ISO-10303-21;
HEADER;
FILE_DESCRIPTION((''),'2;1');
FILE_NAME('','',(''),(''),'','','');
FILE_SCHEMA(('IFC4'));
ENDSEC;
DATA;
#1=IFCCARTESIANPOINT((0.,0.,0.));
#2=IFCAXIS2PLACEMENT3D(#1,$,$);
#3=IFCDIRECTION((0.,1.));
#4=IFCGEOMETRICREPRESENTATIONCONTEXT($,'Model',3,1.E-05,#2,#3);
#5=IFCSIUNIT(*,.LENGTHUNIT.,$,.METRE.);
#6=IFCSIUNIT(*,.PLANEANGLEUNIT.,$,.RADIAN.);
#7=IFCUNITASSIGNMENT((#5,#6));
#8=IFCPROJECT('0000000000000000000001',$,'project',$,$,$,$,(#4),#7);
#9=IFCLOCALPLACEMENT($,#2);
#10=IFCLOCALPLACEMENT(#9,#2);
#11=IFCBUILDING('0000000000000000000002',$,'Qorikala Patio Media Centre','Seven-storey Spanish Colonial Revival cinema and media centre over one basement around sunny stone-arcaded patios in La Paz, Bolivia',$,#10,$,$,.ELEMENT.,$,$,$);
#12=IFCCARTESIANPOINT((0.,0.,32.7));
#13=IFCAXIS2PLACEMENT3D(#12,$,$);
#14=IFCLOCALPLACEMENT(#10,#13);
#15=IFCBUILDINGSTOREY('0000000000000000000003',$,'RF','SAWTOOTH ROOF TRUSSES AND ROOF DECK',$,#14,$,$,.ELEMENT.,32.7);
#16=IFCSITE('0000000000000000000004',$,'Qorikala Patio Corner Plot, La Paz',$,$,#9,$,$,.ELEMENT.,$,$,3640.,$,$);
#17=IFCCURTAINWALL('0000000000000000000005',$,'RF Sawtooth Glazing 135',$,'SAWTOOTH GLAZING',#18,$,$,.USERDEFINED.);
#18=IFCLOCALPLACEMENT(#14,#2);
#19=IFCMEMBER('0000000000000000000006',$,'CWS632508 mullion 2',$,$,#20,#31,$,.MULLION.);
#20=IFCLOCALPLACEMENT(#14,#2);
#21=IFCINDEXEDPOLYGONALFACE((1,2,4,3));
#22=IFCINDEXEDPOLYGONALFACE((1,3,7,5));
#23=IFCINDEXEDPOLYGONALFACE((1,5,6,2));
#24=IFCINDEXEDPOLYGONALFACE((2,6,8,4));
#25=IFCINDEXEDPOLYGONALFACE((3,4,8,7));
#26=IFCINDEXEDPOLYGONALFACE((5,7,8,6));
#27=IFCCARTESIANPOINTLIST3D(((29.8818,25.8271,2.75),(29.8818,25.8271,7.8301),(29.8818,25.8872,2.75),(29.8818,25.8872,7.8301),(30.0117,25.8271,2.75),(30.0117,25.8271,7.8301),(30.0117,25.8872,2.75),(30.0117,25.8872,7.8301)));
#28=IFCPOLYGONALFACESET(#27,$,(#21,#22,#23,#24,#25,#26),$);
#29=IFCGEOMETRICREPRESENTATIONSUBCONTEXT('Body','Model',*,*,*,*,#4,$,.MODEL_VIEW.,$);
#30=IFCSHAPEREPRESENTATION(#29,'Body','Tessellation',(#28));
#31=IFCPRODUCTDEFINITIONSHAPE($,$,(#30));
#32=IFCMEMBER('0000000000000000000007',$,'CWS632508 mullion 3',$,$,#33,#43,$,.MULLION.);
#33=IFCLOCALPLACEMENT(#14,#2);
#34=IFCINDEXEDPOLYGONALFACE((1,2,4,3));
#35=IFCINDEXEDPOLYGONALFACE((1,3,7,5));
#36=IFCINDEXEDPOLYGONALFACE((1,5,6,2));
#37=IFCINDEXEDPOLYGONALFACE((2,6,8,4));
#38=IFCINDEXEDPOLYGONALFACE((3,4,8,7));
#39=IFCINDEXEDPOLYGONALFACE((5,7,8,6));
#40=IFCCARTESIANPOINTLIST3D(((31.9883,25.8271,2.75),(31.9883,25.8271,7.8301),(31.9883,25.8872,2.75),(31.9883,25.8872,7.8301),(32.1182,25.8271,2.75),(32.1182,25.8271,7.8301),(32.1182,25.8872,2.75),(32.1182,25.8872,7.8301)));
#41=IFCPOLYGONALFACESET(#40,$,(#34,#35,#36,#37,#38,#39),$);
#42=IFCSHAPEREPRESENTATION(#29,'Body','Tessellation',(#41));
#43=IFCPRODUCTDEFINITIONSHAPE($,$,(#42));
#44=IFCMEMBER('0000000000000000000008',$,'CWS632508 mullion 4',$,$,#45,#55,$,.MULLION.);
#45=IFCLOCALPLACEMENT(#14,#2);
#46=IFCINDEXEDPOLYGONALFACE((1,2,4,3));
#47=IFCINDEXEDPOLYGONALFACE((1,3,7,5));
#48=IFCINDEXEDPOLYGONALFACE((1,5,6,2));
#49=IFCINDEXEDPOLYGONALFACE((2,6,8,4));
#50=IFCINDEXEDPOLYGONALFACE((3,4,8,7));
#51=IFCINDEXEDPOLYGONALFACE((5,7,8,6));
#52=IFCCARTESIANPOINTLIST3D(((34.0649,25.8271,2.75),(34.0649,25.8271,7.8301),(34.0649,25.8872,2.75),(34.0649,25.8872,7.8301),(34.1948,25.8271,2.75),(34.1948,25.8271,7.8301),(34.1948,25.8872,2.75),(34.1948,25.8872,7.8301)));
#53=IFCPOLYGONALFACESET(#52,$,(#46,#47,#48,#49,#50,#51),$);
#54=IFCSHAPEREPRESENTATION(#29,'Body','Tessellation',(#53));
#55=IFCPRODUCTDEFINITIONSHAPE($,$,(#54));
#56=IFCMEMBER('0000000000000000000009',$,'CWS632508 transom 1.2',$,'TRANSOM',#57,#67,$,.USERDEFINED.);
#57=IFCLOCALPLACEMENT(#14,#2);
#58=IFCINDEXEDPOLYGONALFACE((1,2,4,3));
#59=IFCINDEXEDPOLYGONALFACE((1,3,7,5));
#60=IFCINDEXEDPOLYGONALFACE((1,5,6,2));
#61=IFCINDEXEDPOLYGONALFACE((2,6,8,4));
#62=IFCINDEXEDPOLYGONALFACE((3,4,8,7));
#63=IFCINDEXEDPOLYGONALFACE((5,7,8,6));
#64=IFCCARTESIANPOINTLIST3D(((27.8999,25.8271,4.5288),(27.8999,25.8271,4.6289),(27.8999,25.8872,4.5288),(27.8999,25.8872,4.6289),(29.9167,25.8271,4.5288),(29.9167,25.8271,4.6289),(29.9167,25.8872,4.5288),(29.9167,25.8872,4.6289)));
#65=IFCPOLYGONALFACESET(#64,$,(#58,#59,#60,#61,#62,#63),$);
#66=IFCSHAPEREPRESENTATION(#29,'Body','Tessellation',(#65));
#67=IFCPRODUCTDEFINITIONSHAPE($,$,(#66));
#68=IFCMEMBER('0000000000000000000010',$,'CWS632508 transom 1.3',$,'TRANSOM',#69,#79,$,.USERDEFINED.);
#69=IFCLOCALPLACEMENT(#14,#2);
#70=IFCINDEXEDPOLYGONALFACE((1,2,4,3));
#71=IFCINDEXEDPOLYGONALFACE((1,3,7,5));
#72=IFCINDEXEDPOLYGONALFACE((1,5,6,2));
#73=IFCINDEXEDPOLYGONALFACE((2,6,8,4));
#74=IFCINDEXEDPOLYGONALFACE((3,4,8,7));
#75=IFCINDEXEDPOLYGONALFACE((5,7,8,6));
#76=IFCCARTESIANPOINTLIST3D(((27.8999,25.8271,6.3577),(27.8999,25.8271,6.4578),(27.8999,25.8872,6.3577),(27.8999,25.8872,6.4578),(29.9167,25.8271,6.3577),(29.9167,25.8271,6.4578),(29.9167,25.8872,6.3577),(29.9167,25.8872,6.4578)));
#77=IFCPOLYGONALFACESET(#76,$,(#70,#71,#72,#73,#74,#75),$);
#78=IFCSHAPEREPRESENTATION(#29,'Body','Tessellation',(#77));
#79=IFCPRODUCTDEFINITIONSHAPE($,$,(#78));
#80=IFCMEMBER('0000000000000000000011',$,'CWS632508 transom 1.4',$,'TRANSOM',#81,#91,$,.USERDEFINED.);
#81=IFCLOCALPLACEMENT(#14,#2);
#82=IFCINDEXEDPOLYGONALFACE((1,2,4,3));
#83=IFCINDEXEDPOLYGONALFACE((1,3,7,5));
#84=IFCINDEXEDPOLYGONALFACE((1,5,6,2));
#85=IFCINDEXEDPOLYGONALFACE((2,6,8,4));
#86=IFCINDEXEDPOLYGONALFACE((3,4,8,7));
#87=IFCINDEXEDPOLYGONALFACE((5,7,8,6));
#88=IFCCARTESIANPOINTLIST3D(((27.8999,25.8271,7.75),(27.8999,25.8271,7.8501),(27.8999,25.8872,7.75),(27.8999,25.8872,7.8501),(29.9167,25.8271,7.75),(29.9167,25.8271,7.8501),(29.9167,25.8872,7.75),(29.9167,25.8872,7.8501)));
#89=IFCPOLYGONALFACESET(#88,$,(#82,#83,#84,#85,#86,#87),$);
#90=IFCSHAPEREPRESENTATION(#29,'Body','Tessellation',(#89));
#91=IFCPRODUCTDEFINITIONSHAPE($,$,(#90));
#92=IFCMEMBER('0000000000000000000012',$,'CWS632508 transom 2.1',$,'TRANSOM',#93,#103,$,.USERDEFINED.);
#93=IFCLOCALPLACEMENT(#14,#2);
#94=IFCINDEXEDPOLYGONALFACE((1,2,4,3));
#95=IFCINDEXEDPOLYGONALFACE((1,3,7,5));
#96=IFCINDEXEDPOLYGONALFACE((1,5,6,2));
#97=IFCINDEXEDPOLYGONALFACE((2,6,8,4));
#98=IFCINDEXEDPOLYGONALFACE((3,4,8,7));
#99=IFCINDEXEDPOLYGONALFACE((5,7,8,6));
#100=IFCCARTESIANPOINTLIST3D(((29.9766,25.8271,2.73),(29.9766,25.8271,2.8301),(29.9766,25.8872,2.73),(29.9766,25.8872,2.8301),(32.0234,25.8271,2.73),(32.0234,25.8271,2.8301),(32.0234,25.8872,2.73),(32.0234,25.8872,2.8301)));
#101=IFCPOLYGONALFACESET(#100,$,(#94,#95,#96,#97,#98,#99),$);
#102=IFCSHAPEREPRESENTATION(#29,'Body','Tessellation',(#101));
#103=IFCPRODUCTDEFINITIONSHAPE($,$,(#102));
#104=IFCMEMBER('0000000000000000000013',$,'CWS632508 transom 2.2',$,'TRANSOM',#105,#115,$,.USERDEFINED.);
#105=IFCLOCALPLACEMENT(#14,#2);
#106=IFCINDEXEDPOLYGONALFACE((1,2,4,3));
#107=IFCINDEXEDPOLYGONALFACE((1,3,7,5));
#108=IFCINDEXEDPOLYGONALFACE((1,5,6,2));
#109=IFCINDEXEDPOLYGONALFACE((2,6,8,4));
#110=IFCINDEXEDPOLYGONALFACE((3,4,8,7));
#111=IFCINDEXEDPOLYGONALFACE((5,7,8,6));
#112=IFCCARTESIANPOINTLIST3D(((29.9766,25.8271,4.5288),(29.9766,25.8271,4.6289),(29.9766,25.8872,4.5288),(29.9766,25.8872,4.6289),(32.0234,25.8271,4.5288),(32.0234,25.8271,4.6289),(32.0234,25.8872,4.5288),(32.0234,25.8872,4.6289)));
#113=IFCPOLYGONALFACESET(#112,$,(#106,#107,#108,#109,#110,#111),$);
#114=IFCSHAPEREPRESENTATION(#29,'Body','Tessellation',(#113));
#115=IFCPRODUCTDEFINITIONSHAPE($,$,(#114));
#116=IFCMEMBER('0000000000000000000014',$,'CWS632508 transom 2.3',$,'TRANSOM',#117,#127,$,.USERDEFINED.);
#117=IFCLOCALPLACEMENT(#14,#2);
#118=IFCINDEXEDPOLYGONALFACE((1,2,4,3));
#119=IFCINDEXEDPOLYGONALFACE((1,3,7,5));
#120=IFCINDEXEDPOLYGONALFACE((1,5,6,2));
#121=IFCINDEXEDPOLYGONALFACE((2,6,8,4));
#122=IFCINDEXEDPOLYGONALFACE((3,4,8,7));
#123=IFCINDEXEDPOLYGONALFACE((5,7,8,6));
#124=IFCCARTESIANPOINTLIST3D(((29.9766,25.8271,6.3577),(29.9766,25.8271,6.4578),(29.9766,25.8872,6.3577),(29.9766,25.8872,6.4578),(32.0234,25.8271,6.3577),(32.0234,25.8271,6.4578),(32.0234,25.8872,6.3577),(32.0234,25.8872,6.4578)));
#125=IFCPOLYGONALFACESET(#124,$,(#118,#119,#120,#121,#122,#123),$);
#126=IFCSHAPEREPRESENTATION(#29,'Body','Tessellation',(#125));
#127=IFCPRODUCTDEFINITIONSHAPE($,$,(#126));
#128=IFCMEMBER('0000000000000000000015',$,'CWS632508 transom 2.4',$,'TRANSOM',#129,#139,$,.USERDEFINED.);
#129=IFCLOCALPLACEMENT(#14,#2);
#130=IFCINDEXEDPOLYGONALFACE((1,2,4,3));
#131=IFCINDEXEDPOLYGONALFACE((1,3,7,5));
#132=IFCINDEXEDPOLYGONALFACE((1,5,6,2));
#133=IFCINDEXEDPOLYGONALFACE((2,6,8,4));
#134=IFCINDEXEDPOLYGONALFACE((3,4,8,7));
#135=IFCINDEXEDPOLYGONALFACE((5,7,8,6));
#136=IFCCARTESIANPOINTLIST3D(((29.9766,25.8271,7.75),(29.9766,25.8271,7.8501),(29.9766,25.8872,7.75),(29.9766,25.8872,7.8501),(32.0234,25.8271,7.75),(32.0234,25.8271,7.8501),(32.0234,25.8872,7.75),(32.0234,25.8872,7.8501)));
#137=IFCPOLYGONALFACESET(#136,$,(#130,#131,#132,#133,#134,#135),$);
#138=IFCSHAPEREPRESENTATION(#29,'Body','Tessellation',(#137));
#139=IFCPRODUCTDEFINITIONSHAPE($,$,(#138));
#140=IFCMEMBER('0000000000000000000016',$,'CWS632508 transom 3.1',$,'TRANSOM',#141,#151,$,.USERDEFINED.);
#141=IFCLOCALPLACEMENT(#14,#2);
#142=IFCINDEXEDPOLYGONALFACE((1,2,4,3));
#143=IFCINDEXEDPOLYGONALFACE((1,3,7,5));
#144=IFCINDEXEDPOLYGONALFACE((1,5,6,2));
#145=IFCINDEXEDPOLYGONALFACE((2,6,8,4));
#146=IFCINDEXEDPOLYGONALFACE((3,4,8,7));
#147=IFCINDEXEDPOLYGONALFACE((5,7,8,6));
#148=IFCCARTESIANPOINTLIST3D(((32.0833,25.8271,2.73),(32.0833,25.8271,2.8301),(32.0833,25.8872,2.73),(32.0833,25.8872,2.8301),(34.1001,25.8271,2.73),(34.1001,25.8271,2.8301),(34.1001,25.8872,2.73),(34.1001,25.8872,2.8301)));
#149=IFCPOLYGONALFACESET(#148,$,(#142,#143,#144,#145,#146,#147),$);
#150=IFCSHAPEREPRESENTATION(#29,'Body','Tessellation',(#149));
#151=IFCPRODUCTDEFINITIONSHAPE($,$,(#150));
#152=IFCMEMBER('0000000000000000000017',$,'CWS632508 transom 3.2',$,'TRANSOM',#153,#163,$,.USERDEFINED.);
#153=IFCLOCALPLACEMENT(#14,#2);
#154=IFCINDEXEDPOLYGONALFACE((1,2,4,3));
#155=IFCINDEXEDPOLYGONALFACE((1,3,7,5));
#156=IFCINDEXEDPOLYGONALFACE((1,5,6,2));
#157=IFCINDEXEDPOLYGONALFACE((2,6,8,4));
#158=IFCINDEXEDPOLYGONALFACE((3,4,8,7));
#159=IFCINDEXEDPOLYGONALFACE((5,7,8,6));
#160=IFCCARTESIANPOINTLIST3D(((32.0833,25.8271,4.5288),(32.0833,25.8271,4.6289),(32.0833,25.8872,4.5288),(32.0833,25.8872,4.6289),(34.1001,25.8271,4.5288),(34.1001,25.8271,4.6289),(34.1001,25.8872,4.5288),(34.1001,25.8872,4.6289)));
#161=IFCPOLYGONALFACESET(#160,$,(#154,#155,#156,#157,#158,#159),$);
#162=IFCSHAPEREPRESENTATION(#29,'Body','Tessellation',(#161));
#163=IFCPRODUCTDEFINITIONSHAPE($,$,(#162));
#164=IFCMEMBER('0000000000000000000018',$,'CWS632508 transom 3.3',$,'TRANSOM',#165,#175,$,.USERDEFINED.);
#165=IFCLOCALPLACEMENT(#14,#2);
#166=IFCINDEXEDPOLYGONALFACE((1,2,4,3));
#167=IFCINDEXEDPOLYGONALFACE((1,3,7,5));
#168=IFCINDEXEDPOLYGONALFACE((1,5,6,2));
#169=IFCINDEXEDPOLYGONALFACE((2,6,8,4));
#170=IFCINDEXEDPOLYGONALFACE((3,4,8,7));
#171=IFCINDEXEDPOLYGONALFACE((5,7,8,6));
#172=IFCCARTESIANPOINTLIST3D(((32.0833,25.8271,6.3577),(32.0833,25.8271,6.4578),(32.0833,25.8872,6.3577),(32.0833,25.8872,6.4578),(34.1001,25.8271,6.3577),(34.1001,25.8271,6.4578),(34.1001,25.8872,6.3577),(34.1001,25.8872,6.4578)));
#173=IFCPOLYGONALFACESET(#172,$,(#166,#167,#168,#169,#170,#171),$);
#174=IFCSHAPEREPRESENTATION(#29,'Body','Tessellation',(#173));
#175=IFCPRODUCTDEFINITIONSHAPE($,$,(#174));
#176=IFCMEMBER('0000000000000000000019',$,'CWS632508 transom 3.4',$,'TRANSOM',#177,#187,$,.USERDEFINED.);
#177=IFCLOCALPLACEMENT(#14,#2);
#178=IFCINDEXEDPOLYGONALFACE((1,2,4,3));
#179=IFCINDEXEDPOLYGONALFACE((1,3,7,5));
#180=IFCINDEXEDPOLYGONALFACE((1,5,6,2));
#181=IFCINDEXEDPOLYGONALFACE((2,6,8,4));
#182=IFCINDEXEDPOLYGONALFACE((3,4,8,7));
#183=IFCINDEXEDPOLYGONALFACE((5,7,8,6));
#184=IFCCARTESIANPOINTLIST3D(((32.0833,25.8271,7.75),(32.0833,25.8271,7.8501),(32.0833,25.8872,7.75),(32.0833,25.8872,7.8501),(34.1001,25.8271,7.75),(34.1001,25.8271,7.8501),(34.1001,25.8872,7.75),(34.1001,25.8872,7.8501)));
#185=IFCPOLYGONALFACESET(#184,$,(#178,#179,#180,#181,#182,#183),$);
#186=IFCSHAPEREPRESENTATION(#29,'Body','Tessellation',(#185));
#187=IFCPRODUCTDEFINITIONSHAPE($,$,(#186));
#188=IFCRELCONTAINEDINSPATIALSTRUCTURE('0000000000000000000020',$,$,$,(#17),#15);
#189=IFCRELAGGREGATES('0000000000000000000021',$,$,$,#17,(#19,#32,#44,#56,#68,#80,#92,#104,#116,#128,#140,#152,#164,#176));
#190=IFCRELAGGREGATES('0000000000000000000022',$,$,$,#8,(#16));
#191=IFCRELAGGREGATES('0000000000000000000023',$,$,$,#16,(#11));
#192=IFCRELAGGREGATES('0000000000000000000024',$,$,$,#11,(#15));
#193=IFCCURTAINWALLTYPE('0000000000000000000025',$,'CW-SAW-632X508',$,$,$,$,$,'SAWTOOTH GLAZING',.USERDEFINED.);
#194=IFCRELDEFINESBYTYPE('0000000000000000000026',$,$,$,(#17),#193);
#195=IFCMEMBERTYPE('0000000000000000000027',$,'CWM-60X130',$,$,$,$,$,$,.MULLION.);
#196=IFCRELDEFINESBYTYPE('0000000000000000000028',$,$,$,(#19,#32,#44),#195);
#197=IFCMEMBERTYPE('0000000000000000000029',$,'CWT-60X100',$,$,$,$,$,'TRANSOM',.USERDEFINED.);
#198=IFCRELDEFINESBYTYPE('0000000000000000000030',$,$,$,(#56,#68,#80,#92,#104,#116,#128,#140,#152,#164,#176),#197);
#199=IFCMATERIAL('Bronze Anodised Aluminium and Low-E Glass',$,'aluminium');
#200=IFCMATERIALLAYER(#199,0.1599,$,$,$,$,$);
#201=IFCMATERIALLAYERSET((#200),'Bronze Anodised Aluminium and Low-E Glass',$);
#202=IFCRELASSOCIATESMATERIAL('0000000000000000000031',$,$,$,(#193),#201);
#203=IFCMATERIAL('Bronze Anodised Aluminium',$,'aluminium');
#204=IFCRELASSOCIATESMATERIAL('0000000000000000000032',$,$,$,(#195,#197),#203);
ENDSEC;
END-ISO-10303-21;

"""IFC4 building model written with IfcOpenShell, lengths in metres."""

from ifc_helpers import new_model, si_unit, direction, frame, origin, origin_2d, place, context, subcontext, project, spatial, rectangle, extrude, material, layer, layer_set, material_profile, profile_set, type_object, element, aggregate, save


model = new_model("IFC4")

# Units and contexts
model_context = context("Model", 3, precision=1e-05, world=origin(), true_north=direction((0.0, 1.0)))
body_context = subcontext(model_context, "Body", "Model", "MODEL_VIEW")
ifc_project = project(units=[si_unit("LENGTHUNIT", "METRE"), si_unit("PLANEANGLEUNIT", "RADIAN")], contexts=[model_context])

# Site, building, storey
site_placement = place(None, origin())
site = spatial("IfcSite", under=ifc_project, at=site_placement, Name="Qorikala Patio Corner Plot, La Paz", CompositionType="ELEMENT", RefElevation=3640.0)
building_placement = place(site_placement, origin())
building = spatial("IfcBuilding", under=site, at=building_placement, Name="Qorikala Patio Media Centre", Description="Seven-storey Spanish Colonial Revival cinema and media centre over one basement around sunny stone-arcaded patios in La Paz, Bolivia", CompositionType="ELEMENT")
storey_placement = place(building_placement, frame((0.0, 0.0, 32.7)))
storey = spatial("IfcBuildingStorey", under=building, at=storey_placement, Name="RF", Description="SAWTOOTH ROOF TRUSSES AND ROOF DECK", CompositionType="ELEMENT", Elevation=32.7)

# Curtain wall, members
ifc_material_1 = material(Name="Bronze Anodised Aluminium and Low-E Glass", Category="aluminium")
ifc_layer_1 = layer(ifc_material_1, 0.1599)
ifc_layer_set_1 = layer_set([ifc_layer_1], Name="Bronze Anodised Aluminium and Low-E Glass")
curtain_wall_type = type_object("IfcCurtainWallType", Name="CW-SAW-632X508", ElementType="SAWTOOTH GLAZING", PredefinedType="USERDEFINED", material=ifc_layer_set_1)
curtain_wall_placement = place(storey_placement, origin())
curtain_wall = element("IfcCurtainWall", 1, at=curtain_wall_placement, inside=storey, type_object=curtain_wall_type, Name="RF Sawtooth Glazing 135", ObjectType="SAWTOOTH GLAZING", PredefinedType="USERDEFINED")
ifc_material_2 = material(Name="Bronze Anodised Aluminium", Category="aluminium")
ifc_material_profile_1 = material_profile(ifc_material_2, rectangle(XDim=0.0601, YDim=0.1299, at=origin_2d()), Name="ALU MULLION 60x130")
ifc_profile_set_1 = profile_set([ifc_material_profile_1], Name="Bronze Anodised Aluminium")
member_type_1 = type_object("IfcMemberType", Name="CWM-60X130", PredefinedType="MULLION", material=ifc_profile_set_1)
member_1_placement = place(storey_placement, frame((29.9468, 25.8572, 2.75), z_axis=(0.0, 0.0, 1.0), x_axis=(0.0, 1.0, 0.0)))
member_1 = element("IfcMember", 2, at=member_1_placement, type_object=member_type_1, Name="CWS632508 mullion 2", PredefinedType="MULLION", context=body_context, shape_type="SweptSolid", body=[
    extrude(rectangle(XDim=0.0601, YDim=0.1299, at=origin_2d()), origin(), (0.0, 0.0, 1.0), 5.0801),
])
member_2_placement = place(storey_placement, frame((32.0532, 25.8572, 2.75), z_axis=(0.0, 0.0, 1.0), x_axis=(0.0, 1.0, 0.0)))
member_2 = element("IfcMember", 3, at=member_2_placement, type_object=member_type_1, Name="CWS632508 mullion 3", PredefinedType="MULLION", context=body_context, shape_type="SweptSolid", body=[
    extrude(rectangle(XDim=0.0601, YDim=0.1299, at=origin_2d()), origin(), (0.0, 0.0, 1.0), 5.0801),
])
member_3_placement = place(storey_placement, frame((34.1299, 25.8572, 2.75), z_axis=(0.0, 0.0, 1.0), x_axis=(0.0, 1.0, 0.0)))
member_3 = element("IfcMember", 4, at=member_3_placement, type_object=member_type_1, Name="CWS632508 mullion 4", PredefinedType="MULLION", context=body_context, shape_type="SweptSolid", body=[
    extrude(rectangle(XDim=0.0601, YDim=0.1299, at=origin_2d()), origin(), (0.0, 0.0, 1.0), 5.0801),
])
ifc_material_profile_2 = material_profile(ifc_material_2, rectangle(XDim=0.0601, YDim=0.1001, at=origin_2d()), Name="ALU TRANSOM 60x100")
ifc_profile_set_2 = profile_set([ifc_material_profile_2], Name="Bronze Anodised Aluminium")
member_type_2 = type_object("IfcMemberType", Name="CWT-60X100", ElementType="TRANSOM", PredefinedType="USERDEFINED", material=ifc_profile_set_2)
member_4_placement = place(storey_placement, frame((27.8999, 25.8572, 4.5789), z_axis=(1.0, 0.0, 0.0), x_axis=(0.0, 1.0, 0.0)))
member_4 = element("IfcMember", 5, at=member_4_placement, type_object=member_type_2, Name="CWS632508 transom 1.2", ObjectType="TRANSOM", PredefinedType="USERDEFINED", context=body_context, shape_type="SweptSolid", body=[
    extrude(rectangle(XDim=0.0601, YDim=0.1001, at=origin_2d()), origin(), (0.0, 0.0, 1.0), 2.0168),
])
member_5_placement = place(storey_placement, frame((27.8999, 25.8572, 6.4077), z_axis=(1.0, 0.0, 0.0), x_axis=(0.0, 1.0, 0.0)))
member_5 = element("IfcMember", 6, at=member_5_placement, type_object=member_type_2, Name="CWS632508 transom 1.3", ObjectType="TRANSOM", PredefinedType="USERDEFINED", context=body_context, shape_type="SweptSolid", body=[
    extrude(rectangle(XDim=0.0601, YDim=0.1001, at=origin_2d()), origin(), (0.0, 0.0, 1.0), 2.0168),
])
member_6_placement = place(storey_placement, frame((27.8999, 25.8572, 7.8), z_axis=(1.0, 0.0, 0.0), x_axis=(0.0, 1.0, 0.0)))
member_6 = element("IfcMember", 7, at=member_6_placement, type_object=member_type_2, Name="CWS632508 transom 1.4", ObjectType="TRANSOM", PredefinedType="USERDEFINED", context=body_context, shape_type="SweptSolid", body=[
    extrude(rectangle(XDim=0.0601, YDim=0.1001, at=origin_2d()), origin(), (0.0, 0.0, 1.0), 2.0168),
])
member_7_placement = place(storey_placement, frame((29.9766, 25.8572, 2.78), z_axis=(1.0, 0.0, 0.0), x_axis=(0.0, 1.0, 0.0)))
member_7 = element("IfcMember", 8, at=member_7_placement, type_object=member_type_2, Name="CWS632508 transom 2.1", ObjectType="TRANSOM", PredefinedType="USERDEFINED", context=body_context, shape_type="SweptSolid", body=[
    extrude(rectangle(XDim=0.0601, YDim=0.1001, at=origin_2d()), origin(), (0.0, 0.0, 1.0), 2.0469),
])
member_8_placement = place(storey_placement, frame((29.9766, 25.8572, 4.5789), z_axis=(1.0, 0.0, 0.0), x_axis=(0.0, 1.0, 0.0)))
member_8 = element("IfcMember", 9, at=member_8_placement, type_object=member_type_2, Name="CWS632508 transom 2.2", ObjectType="TRANSOM", PredefinedType="USERDEFINED", context=body_context, shape_type="SweptSolid", body=[
    extrude(rectangle(XDim=0.0601, YDim=0.1001, at=origin_2d()), origin(), (0.0, 0.0, 1.0), 2.0469),
])
member_9_placement = place(storey_placement, frame((29.9766, 25.8572, 6.4077), z_axis=(1.0, 0.0, 0.0), x_axis=(0.0, 1.0, 0.0)))
member_9 = element("IfcMember", 10, at=member_9_placement, type_object=member_type_2, Name="CWS632508 transom 2.3", ObjectType="TRANSOM", PredefinedType="USERDEFINED", context=body_context, shape_type="SweptSolid", body=[
    extrude(rectangle(XDim=0.0601, YDim=0.1001, at=origin_2d()), origin(), (0.0, 0.0, 1.0), 2.0469),
])
member_10_placement = place(storey_placement, frame((29.9766, 25.8572, 7.8), z_axis=(1.0, 0.0, 0.0), x_axis=(0.0, 1.0, 0.0)))
member_10 = element("IfcMember", 11, at=member_10_placement, type_object=member_type_2, Name="CWS632508 transom 2.4", ObjectType="TRANSOM", PredefinedType="USERDEFINED", context=body_context, shape_type="SweptSolid", body=[
    extrude(rectangle(XDim=0.0601, YDim=0.1001, at=origin_2d()), origin(), (0.0, 0.0, 1.0), 2.0469),
])
member_11_placement = place(storey_placement, frame((32.0833, 25.8572, 2.78), z_axis=(1.0, 0.0, 0.0), x_axis=(0.0, 1.0, 0.0)))
member_11 = element("IfcMember", 12, at=member_11_placement, type_object=member_type_2, Name="CWS632508 transom 3.1", ObjectType="TRANSOM", PredefinedType="USERDEFINED", context=body_context, shape_type="SweptSolid", body=[
    extrude(rectangle(XDim=0.0601, YDim=0.1001, at=origin_2d()), origin(), (0.0, 0.0, 1.0), 2.0168),
])
member_12_placement = place(storey_placement, frame((32.0833, 25.8572, 4.5789), z_axis=(1.0, 0.0, 0.0), x_axis=(0.0, 1.0, 0.0)))
member_12 = element("IfcMember", 13, at=member_12_placement, type_object=member_type_2, Name="CWS632508 transom 3.2", ObjectType="TRANSOM", PredefinedType="USERDEFINED", context=body_context, shape_type="SweptSolid", body=[
    extrude(rectangle(XDim=0.0601, YDim=0.1001, at=origin_2d()), origin(), (0.0, 0.0, 1.0), 2.0168),
])
member_13_placement = place(storey_placement, frame((32.0833, 25.8572, 6.4077), z_axis=(1.0, 0.0, 0.0), x_axis=(0.0, 1.0, 0.0)))
member_13 = element("IfcMember", 14, at=member_13_placement, type_object=member_type_2, Name="CWS632508 transom 3.3", ObjectType="TRANSOM", PredefinedType="USERDEFINED", context=body_context, shape_type="SweptSolid", body=[
    extrude(rectangle(XDim=0.0601, YDim=0.1001, at=origin_2d()), origin(), (0.0, 0.0, 1.0), 2.0168),
])
member_14_placement = place(storey_placement, frame((32.0833, 25.8572, 7.8), z_axis=(1.0, 0.0, 0.0), x_axis=(0.0, 1.0, 0.0)))
member_14 = element("IfcMember", 15, at=member_14_placement, type_object=member_type_2, Name="CWS632508 transom 3.4", ObjectType="TRANSOM", PredefinedType="USERDEFINED", context=body_context, shape_type="SweptSolid", body=[
    extrude(rectangle(XDim=0.0601, YDim=0.1001, at=origin_2d()), origin(), (0.0, 0.0, 1.0), 2.0168),
])

aggregate(curtain_wall, [member_1, member_2, member_3, member_4, member_5, member_6, member_7, member_8, member_9, member_10, member_11, member_12, member_13, member_14])

save(model, "model.ifc")
